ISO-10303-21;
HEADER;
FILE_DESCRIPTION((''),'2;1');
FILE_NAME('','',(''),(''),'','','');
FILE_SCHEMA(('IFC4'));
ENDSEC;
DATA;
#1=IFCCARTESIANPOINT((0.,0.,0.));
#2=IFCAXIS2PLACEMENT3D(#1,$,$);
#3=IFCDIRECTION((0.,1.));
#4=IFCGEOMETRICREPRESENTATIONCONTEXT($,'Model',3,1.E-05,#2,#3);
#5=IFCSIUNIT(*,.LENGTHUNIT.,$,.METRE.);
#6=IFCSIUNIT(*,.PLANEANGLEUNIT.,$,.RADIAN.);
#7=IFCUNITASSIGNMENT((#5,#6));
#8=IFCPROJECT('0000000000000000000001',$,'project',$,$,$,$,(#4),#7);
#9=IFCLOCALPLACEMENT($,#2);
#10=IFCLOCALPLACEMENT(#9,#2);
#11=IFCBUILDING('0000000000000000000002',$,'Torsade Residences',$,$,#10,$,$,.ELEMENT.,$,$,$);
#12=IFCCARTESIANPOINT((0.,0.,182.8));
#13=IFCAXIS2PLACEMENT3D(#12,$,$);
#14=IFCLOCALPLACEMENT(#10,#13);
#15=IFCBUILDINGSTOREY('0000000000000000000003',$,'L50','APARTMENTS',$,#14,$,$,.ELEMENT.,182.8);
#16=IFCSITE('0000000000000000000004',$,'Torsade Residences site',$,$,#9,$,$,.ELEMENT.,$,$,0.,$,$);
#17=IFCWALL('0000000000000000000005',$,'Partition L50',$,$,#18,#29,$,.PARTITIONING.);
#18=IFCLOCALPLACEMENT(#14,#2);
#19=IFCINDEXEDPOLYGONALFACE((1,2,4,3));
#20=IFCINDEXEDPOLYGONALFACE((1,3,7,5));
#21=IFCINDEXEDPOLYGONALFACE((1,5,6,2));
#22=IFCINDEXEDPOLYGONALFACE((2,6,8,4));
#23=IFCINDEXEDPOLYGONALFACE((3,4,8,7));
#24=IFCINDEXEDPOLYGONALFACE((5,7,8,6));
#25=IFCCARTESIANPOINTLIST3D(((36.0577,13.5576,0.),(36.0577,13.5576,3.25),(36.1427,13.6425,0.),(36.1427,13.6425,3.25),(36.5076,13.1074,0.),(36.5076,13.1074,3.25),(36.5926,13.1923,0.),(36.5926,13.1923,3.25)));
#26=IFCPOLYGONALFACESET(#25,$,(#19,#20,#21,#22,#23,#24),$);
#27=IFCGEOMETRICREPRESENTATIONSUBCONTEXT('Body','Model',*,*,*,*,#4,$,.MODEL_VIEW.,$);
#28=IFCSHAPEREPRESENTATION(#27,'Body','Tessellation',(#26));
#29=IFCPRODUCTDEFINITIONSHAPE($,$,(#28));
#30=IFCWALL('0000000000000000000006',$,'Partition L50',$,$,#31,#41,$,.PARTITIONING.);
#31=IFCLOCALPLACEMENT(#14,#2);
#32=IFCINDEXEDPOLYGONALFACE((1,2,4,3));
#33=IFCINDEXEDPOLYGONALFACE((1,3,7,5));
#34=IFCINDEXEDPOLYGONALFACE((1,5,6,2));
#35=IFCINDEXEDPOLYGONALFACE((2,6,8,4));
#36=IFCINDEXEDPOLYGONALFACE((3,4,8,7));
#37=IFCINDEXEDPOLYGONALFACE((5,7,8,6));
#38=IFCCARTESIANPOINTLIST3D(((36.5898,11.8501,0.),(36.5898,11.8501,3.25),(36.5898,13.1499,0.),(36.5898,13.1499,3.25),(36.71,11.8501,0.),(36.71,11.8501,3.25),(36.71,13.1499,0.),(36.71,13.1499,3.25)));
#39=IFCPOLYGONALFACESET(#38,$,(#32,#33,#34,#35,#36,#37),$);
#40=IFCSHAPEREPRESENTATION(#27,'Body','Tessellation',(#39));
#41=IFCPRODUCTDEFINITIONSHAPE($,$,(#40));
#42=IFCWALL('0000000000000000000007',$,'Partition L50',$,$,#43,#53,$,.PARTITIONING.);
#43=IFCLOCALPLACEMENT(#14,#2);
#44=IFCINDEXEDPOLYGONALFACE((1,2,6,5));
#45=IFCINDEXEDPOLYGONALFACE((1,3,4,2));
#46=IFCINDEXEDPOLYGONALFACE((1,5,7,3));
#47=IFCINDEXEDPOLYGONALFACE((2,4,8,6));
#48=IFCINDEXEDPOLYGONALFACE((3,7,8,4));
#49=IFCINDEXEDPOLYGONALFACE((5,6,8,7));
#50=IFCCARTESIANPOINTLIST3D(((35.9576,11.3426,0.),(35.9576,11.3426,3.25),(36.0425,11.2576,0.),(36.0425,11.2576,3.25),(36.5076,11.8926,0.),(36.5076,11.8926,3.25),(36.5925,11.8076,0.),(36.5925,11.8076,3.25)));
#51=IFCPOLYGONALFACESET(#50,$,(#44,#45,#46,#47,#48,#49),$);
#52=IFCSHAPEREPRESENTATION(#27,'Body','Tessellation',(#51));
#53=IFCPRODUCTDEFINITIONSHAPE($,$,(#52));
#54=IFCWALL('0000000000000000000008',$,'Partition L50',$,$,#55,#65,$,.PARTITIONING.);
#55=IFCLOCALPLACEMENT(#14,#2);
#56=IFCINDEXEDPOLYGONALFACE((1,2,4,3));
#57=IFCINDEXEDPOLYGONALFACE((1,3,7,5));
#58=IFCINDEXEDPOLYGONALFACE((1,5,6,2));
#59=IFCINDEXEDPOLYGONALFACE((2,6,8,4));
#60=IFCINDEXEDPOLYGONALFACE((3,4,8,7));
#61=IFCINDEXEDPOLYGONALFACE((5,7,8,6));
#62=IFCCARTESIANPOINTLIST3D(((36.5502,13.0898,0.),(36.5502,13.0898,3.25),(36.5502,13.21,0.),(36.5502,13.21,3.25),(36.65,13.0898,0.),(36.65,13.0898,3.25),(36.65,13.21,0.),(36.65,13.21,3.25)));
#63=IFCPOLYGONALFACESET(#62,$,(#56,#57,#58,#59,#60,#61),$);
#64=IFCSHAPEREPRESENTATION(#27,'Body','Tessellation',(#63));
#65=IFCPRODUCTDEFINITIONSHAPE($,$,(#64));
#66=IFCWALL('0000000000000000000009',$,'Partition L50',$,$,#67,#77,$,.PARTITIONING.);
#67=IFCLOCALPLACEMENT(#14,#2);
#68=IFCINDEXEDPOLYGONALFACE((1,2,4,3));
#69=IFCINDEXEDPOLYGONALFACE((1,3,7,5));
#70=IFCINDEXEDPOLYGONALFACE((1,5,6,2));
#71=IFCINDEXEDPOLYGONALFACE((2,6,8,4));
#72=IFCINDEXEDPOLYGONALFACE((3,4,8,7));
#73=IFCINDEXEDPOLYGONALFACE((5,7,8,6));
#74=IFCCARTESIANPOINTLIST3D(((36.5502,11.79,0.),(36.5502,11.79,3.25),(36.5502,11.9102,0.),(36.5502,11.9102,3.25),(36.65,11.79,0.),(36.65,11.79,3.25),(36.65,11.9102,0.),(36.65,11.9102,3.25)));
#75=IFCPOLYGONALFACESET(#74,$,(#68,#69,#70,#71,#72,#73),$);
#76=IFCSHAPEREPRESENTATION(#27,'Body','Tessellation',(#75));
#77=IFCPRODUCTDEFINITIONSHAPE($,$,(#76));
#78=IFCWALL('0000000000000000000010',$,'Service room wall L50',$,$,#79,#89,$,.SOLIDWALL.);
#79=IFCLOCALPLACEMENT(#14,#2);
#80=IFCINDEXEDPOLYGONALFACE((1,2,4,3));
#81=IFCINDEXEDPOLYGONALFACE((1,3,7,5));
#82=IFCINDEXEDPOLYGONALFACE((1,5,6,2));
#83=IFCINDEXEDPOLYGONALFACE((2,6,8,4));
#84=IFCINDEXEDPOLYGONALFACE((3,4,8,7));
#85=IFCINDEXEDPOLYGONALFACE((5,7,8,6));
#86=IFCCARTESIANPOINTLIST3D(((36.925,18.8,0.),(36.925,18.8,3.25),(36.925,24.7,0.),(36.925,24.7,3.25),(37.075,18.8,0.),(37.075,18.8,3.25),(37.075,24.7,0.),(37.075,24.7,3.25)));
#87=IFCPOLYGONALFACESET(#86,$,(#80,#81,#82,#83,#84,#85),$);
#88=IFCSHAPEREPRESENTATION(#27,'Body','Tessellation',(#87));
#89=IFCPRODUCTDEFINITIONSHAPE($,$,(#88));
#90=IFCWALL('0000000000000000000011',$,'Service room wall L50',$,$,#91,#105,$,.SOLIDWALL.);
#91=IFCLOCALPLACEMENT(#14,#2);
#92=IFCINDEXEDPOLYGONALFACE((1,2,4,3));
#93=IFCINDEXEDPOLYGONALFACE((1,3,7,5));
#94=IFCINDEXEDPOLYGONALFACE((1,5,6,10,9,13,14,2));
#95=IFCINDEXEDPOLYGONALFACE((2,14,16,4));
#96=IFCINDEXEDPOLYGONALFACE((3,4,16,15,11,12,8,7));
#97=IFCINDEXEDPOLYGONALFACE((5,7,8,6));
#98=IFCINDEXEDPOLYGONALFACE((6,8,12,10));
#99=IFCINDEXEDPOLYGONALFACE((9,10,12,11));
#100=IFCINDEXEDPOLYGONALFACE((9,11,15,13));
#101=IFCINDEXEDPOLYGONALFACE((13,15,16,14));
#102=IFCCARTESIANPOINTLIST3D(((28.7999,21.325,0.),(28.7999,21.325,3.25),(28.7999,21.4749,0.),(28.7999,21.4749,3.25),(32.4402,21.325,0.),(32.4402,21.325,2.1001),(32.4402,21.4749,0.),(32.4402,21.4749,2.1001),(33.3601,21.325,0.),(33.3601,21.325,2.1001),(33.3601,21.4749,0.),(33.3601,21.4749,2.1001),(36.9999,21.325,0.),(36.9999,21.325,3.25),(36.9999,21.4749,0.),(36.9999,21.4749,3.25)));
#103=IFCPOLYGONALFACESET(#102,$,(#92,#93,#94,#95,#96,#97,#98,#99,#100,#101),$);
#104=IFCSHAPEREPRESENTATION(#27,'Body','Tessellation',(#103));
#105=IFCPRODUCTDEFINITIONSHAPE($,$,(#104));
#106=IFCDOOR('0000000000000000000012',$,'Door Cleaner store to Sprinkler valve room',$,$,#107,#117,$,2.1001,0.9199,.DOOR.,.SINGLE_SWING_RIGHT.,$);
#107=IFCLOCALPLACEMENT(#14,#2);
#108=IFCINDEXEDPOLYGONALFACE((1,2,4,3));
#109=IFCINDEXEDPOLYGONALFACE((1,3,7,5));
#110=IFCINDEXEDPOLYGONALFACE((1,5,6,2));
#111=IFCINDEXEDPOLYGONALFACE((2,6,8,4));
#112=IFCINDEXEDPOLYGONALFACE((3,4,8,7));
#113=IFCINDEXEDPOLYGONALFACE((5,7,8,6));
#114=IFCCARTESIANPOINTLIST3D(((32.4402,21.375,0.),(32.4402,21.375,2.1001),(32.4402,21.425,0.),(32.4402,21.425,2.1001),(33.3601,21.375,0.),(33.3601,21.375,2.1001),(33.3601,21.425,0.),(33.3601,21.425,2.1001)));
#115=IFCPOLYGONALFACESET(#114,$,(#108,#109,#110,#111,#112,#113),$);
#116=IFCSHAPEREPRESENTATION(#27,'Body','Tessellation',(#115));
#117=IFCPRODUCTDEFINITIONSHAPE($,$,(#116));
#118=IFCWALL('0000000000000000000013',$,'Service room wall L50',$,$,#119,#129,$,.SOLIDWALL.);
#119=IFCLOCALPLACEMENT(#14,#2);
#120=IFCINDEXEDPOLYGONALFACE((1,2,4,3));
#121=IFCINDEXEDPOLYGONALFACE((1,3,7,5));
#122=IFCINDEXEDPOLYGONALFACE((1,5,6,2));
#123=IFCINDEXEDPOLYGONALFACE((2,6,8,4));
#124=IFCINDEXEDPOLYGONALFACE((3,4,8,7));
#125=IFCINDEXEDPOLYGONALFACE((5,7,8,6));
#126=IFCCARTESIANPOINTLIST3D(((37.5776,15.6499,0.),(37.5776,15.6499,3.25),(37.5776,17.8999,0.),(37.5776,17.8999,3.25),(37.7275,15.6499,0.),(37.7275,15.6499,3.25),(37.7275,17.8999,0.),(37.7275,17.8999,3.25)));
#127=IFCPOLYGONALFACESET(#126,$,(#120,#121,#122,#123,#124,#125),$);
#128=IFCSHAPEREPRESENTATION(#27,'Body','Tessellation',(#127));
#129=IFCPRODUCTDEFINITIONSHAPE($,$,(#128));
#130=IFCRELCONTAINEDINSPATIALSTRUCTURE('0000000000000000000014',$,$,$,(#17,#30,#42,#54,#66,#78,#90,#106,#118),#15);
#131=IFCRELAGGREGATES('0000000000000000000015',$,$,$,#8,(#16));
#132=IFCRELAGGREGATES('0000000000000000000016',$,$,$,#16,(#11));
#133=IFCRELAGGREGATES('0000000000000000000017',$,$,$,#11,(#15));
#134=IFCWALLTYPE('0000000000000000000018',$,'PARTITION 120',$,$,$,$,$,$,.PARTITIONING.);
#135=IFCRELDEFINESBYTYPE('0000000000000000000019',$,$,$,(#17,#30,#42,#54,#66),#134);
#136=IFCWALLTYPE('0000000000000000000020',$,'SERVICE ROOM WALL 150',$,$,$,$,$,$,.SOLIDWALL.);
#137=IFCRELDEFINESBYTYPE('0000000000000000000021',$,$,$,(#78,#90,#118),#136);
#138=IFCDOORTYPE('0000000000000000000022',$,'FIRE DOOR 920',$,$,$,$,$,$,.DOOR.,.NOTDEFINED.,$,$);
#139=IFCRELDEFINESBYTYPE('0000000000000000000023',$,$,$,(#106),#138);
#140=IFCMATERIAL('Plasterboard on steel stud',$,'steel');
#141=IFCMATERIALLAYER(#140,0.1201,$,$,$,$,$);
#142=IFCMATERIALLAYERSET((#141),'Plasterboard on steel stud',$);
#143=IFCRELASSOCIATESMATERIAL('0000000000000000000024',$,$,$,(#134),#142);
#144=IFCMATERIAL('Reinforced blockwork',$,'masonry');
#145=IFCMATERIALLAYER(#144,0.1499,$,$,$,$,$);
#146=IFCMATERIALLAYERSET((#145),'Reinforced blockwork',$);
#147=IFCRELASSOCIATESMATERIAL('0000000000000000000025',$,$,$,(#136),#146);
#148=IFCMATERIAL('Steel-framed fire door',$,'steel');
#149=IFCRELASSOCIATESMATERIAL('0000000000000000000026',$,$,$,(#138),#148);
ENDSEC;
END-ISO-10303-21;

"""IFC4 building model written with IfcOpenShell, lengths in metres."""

from ifc_helpers import new_model, si_unit, direction, frame, frame_2d, origin, place, context, subcontext, project, spatial, rectangle, extrude, material, layer, layer_set, type_object, element, fill, save


model = new_model("IFC4")

# Units and contexts
model_context = context("Model", 3, precision=1e-05, world=origin(), true_north=direction((0.0, 1.0)))
body_context = subcontext(model_context, "Body", "Model", "MODEL_VIEW")
ifc_project = project(units=[si_unit("LENGTHUNIT", "METRE"), si_unit("PLANEANGLEUNIT", "RADIAN")], contexts=[model_context])

# Site, building, storey
site_placement = place(None, origin())
site = spatial("IfcSite", under=ifc_project, at=site_placement, Name="Torsade Residences site", CompositionType="ELEMENT", RefElevation=0.0)
building_placement = place(site_placement, origin())
building = spatial("IfcBuilding", under=site, at=building_placement, Name="Torsade Residences", CompositionType="ELEMENT")
storey_placement = place(building_placement, frame((0.0, 0.0, 182.8)))
storey = spatial("IfcBuildingStorey", under=building, at=storey_placement, Name="L50", Description="APARTMENTS", CompositionType="ELEMENT", Elevation=182.8)

# Shared definitions
ifc_material_1 = material(Name="Plasterboard on steel stud", Category="steel")
ifc_layer_1 = layer(ifc_material_1, 0.1201)
ifc_layer_set_1 = layer_set([ifc_layer_1], Name="Plasterboard on steel stud")
wall_type_1 = type_object("IfcWallType", Name="PARTITION 120", PredefinedType="PARTITIONING", material=ifc_layer_set_1)

# Walls
wall_1_placement = place(storey_placement, frame((36.1001, 13.6001, 0.0), z_axis=(0.0, 0.0, 1.0), x_axis=(0.706915, -0.707299, 0.0)))
element("IfcWall", 1, at=wall_1_placement, inside=storey, type_object=wall_type_1, Name="Partition L50", PredefinedType="PARTITIONING", context=body_context, shape_type="SweptSolid", body=[
    extrude(rectangle(XDim=0.6365, YDim=0.1201, at=frame_2d((0.3184, 0.0))), origin(), (0.0, 0.0, 1.0), 3.25),
])
wall_2_placement = place(storey_placement, frame((36.6499, 13.1499, 0.0), z_axis=(0.0, 0.0, 1.0), x_axis=(0.0, -1.0, 0.0)))
element("IfcWall", 2, at=wall_2_placement, inside=storey, type_object=wall_type_1, Name="Partition L50", PredefinedType="PARTITIONING", context=body_context, shape_type="SweptSolid", body=[
    extrude(rectangle(XDim=1.2998, YDim=0.1201, at=frame_2d((0.6499, 0.0))), origin(), (0.0, 0.0, 1.0), 3.25),
])
wall_3_placement = place(storey_placement, frame((36.55, 11.8501, 0.0), z_axis=(0.0, 0.0, 1.0), x_axis=(-0.707107, -0.707107, 0.0)))
element("IfcWall", 3, at=wall_3_placement, inside=storey, type_object=wall_type_1, Name="Partition L50", PredefinedType="PARTITIONING", context=body_context, shape_type="SweptSolid", body=[
    extrude(rectangle(XDim=0.7778, YDim=0.1201, at=frame_2d((0.3889, 0.0))), origin(), (0.0, 0.0, 1.0), 3.25),
])
for number, where, z_axis, x_axis, name in (
    (4, (36.6499, 13.1499, 0.0), (0.0, 0.0, 1.0), (-1.0, 0.0, 0.0), "Partition L50"),
    (5, (36.6499, 11.8501, 0.0), (0.0, 0.0, 1.0), (-1.0, 0.0, 0.0), "Partition L50"),
):
    element("IfcWall", number, at=place(storey_placement, frame(where, z_axis=z_axis, x_axis=x_axis)), inside=storey, type_object=wall_type_1, Name=name, PredefinedType="PARTITIONING", context=body_context, shape_type="SweptSolid", body=[
        extrude(rectangle(XDim=0.0999, YDim=0.1201, at=frame_2d((0.0498, 0.0))), origin(), (0.0, 0.0, 1.0), 3.25),
    ])
ifc_material_2 = material(Name="Reinforced blockwork", Category="masonry")
ifc_layer_2 = layer(ifc_material_2, 0.1499)
ifc_layer_set_2 = layer_set([ifc_layer_2], Name="Reinforced blockwork")
wall_type_2 = type_object("IfcWallType", Name="SERVICE ROOM WALL 150", PredefinedType="SOLIDWALL", material=ifc_layer_set_2)
wall_4_placement = place(storey_placement, frame((37.0, 18.8, 0.0), z_axis=(0.0, 0.0, 1.0), x_axis=(0.0, 1.0, 0.0)))
element("IfcWall", 6, at=wall_4_placement, inside=storey, type_object=wall_type_2, Name="Service room wall L50", PredefinedType="SOLIDWALL", context=body_context, shape_type="SweptSolid", body=[
    extrude(rectangle(XDim=5.8999, YDim=0.1499, at=frame_2d((2.95, 0.0))), origin(), (0.0, 0.0, 1.0), 3.25),
])

# Wall, opening, door
wall_5_placement = place(storey_placement, frame((37.0, 21.3999, 0.0), z_axis=(0.0, 0.0, 1.0), x_axis=(-1.0, 0.0, 0.0)))
wall_5 = element("IfcWall", 7, at=wall_5_placement, inside=storey, type_object=wall_type_2, Name="Service room wall L50", PredefinedType="SOLIDWALL", context=body_context, shape_type="SweptSolid", body=[
    extrude(rectangle(XDim=8.2, YDim=0.1499, at=frame_2d((4.1001, 0.0))), origin(), (0.0, 0.0, 1.0), 3.25),
])
opening_1_placement = place(wall_5_placement, frame((3.6399, 0.0, 0.0)))
opening_1 = element("IfcOpeningElement", 8, at=opening_1_placement, cuts=wall_5, PredefinedType="OPENING", context=body_context, shape_type="SweptSolid", body=[
    extrude(rectangle(XDim=0.9199, YDim=2.1001, at=frame_2d((0.46, 1.05))), frame((0.0, 0.085, 0.0), z_axis=(0.0, -1.0, 0.0), x_axis=(1.0, 0.0, 0.0)), (0.0, 0.0, 1.0), 0.1699),
])
ifc_material_3 = material(Name="Steel-framed fire door", Category="steel")
door_type_1 = type_object("IfcDoorType", Name="FIRE DOOR 920", OperationType="NOTDEFINED", PredefinedType="DOOR", material=ifc_material_3)
door_1_placement = place(opening_1_placement, origin())
door_1 = element("IfcDoor", 9, at=door_1_placement, inside=storey, type_object=door_type_1, Name="Door Cleaner store to Sprinkler valve room", OperationType="SINGLE_SWING_RIGHT", OverallHeight=2.1001, OverallWidth=0.9199, PredefinedType="DOOR", context=body_context, shape_type="SweptSolid", body=[
    extrude(rectangle(XDim=0.9199, YDim=2.1001, at=frame_2d((0.46, 1.05))), frame((0.0, 0.0249, 0.0), z_axis=(0.0, -1.0, 0.0), x_axis=(1.0, 0.0, 0.0)), (0.0, 0.0, 1.0), 0.05),
])
fill(opening_1, door_1)

# Wall
wall_6_placement = place(storey_placement, frame((37.6526, 15.6499, 0.0), z_axis=(0.0, 0.0, 1.0), x_axis=(0.0, 1.0, 0.0)))
element("IfcWall", 10, at=wall_6_placement, inside=storey, type_object=wall_type_2, Name="Service room wall L50", PredefinedType="SOLIDWALL", context=body_context, shape_type="SweptSolid", body=[
    extrude(rectangle(XDim=2.25, YDim=0.1499, at=frame_2d((1.125, 0.0))), origin(), (0.0, 0.0, 1.0), 3.25),
])

save(model, "model.ifc")
